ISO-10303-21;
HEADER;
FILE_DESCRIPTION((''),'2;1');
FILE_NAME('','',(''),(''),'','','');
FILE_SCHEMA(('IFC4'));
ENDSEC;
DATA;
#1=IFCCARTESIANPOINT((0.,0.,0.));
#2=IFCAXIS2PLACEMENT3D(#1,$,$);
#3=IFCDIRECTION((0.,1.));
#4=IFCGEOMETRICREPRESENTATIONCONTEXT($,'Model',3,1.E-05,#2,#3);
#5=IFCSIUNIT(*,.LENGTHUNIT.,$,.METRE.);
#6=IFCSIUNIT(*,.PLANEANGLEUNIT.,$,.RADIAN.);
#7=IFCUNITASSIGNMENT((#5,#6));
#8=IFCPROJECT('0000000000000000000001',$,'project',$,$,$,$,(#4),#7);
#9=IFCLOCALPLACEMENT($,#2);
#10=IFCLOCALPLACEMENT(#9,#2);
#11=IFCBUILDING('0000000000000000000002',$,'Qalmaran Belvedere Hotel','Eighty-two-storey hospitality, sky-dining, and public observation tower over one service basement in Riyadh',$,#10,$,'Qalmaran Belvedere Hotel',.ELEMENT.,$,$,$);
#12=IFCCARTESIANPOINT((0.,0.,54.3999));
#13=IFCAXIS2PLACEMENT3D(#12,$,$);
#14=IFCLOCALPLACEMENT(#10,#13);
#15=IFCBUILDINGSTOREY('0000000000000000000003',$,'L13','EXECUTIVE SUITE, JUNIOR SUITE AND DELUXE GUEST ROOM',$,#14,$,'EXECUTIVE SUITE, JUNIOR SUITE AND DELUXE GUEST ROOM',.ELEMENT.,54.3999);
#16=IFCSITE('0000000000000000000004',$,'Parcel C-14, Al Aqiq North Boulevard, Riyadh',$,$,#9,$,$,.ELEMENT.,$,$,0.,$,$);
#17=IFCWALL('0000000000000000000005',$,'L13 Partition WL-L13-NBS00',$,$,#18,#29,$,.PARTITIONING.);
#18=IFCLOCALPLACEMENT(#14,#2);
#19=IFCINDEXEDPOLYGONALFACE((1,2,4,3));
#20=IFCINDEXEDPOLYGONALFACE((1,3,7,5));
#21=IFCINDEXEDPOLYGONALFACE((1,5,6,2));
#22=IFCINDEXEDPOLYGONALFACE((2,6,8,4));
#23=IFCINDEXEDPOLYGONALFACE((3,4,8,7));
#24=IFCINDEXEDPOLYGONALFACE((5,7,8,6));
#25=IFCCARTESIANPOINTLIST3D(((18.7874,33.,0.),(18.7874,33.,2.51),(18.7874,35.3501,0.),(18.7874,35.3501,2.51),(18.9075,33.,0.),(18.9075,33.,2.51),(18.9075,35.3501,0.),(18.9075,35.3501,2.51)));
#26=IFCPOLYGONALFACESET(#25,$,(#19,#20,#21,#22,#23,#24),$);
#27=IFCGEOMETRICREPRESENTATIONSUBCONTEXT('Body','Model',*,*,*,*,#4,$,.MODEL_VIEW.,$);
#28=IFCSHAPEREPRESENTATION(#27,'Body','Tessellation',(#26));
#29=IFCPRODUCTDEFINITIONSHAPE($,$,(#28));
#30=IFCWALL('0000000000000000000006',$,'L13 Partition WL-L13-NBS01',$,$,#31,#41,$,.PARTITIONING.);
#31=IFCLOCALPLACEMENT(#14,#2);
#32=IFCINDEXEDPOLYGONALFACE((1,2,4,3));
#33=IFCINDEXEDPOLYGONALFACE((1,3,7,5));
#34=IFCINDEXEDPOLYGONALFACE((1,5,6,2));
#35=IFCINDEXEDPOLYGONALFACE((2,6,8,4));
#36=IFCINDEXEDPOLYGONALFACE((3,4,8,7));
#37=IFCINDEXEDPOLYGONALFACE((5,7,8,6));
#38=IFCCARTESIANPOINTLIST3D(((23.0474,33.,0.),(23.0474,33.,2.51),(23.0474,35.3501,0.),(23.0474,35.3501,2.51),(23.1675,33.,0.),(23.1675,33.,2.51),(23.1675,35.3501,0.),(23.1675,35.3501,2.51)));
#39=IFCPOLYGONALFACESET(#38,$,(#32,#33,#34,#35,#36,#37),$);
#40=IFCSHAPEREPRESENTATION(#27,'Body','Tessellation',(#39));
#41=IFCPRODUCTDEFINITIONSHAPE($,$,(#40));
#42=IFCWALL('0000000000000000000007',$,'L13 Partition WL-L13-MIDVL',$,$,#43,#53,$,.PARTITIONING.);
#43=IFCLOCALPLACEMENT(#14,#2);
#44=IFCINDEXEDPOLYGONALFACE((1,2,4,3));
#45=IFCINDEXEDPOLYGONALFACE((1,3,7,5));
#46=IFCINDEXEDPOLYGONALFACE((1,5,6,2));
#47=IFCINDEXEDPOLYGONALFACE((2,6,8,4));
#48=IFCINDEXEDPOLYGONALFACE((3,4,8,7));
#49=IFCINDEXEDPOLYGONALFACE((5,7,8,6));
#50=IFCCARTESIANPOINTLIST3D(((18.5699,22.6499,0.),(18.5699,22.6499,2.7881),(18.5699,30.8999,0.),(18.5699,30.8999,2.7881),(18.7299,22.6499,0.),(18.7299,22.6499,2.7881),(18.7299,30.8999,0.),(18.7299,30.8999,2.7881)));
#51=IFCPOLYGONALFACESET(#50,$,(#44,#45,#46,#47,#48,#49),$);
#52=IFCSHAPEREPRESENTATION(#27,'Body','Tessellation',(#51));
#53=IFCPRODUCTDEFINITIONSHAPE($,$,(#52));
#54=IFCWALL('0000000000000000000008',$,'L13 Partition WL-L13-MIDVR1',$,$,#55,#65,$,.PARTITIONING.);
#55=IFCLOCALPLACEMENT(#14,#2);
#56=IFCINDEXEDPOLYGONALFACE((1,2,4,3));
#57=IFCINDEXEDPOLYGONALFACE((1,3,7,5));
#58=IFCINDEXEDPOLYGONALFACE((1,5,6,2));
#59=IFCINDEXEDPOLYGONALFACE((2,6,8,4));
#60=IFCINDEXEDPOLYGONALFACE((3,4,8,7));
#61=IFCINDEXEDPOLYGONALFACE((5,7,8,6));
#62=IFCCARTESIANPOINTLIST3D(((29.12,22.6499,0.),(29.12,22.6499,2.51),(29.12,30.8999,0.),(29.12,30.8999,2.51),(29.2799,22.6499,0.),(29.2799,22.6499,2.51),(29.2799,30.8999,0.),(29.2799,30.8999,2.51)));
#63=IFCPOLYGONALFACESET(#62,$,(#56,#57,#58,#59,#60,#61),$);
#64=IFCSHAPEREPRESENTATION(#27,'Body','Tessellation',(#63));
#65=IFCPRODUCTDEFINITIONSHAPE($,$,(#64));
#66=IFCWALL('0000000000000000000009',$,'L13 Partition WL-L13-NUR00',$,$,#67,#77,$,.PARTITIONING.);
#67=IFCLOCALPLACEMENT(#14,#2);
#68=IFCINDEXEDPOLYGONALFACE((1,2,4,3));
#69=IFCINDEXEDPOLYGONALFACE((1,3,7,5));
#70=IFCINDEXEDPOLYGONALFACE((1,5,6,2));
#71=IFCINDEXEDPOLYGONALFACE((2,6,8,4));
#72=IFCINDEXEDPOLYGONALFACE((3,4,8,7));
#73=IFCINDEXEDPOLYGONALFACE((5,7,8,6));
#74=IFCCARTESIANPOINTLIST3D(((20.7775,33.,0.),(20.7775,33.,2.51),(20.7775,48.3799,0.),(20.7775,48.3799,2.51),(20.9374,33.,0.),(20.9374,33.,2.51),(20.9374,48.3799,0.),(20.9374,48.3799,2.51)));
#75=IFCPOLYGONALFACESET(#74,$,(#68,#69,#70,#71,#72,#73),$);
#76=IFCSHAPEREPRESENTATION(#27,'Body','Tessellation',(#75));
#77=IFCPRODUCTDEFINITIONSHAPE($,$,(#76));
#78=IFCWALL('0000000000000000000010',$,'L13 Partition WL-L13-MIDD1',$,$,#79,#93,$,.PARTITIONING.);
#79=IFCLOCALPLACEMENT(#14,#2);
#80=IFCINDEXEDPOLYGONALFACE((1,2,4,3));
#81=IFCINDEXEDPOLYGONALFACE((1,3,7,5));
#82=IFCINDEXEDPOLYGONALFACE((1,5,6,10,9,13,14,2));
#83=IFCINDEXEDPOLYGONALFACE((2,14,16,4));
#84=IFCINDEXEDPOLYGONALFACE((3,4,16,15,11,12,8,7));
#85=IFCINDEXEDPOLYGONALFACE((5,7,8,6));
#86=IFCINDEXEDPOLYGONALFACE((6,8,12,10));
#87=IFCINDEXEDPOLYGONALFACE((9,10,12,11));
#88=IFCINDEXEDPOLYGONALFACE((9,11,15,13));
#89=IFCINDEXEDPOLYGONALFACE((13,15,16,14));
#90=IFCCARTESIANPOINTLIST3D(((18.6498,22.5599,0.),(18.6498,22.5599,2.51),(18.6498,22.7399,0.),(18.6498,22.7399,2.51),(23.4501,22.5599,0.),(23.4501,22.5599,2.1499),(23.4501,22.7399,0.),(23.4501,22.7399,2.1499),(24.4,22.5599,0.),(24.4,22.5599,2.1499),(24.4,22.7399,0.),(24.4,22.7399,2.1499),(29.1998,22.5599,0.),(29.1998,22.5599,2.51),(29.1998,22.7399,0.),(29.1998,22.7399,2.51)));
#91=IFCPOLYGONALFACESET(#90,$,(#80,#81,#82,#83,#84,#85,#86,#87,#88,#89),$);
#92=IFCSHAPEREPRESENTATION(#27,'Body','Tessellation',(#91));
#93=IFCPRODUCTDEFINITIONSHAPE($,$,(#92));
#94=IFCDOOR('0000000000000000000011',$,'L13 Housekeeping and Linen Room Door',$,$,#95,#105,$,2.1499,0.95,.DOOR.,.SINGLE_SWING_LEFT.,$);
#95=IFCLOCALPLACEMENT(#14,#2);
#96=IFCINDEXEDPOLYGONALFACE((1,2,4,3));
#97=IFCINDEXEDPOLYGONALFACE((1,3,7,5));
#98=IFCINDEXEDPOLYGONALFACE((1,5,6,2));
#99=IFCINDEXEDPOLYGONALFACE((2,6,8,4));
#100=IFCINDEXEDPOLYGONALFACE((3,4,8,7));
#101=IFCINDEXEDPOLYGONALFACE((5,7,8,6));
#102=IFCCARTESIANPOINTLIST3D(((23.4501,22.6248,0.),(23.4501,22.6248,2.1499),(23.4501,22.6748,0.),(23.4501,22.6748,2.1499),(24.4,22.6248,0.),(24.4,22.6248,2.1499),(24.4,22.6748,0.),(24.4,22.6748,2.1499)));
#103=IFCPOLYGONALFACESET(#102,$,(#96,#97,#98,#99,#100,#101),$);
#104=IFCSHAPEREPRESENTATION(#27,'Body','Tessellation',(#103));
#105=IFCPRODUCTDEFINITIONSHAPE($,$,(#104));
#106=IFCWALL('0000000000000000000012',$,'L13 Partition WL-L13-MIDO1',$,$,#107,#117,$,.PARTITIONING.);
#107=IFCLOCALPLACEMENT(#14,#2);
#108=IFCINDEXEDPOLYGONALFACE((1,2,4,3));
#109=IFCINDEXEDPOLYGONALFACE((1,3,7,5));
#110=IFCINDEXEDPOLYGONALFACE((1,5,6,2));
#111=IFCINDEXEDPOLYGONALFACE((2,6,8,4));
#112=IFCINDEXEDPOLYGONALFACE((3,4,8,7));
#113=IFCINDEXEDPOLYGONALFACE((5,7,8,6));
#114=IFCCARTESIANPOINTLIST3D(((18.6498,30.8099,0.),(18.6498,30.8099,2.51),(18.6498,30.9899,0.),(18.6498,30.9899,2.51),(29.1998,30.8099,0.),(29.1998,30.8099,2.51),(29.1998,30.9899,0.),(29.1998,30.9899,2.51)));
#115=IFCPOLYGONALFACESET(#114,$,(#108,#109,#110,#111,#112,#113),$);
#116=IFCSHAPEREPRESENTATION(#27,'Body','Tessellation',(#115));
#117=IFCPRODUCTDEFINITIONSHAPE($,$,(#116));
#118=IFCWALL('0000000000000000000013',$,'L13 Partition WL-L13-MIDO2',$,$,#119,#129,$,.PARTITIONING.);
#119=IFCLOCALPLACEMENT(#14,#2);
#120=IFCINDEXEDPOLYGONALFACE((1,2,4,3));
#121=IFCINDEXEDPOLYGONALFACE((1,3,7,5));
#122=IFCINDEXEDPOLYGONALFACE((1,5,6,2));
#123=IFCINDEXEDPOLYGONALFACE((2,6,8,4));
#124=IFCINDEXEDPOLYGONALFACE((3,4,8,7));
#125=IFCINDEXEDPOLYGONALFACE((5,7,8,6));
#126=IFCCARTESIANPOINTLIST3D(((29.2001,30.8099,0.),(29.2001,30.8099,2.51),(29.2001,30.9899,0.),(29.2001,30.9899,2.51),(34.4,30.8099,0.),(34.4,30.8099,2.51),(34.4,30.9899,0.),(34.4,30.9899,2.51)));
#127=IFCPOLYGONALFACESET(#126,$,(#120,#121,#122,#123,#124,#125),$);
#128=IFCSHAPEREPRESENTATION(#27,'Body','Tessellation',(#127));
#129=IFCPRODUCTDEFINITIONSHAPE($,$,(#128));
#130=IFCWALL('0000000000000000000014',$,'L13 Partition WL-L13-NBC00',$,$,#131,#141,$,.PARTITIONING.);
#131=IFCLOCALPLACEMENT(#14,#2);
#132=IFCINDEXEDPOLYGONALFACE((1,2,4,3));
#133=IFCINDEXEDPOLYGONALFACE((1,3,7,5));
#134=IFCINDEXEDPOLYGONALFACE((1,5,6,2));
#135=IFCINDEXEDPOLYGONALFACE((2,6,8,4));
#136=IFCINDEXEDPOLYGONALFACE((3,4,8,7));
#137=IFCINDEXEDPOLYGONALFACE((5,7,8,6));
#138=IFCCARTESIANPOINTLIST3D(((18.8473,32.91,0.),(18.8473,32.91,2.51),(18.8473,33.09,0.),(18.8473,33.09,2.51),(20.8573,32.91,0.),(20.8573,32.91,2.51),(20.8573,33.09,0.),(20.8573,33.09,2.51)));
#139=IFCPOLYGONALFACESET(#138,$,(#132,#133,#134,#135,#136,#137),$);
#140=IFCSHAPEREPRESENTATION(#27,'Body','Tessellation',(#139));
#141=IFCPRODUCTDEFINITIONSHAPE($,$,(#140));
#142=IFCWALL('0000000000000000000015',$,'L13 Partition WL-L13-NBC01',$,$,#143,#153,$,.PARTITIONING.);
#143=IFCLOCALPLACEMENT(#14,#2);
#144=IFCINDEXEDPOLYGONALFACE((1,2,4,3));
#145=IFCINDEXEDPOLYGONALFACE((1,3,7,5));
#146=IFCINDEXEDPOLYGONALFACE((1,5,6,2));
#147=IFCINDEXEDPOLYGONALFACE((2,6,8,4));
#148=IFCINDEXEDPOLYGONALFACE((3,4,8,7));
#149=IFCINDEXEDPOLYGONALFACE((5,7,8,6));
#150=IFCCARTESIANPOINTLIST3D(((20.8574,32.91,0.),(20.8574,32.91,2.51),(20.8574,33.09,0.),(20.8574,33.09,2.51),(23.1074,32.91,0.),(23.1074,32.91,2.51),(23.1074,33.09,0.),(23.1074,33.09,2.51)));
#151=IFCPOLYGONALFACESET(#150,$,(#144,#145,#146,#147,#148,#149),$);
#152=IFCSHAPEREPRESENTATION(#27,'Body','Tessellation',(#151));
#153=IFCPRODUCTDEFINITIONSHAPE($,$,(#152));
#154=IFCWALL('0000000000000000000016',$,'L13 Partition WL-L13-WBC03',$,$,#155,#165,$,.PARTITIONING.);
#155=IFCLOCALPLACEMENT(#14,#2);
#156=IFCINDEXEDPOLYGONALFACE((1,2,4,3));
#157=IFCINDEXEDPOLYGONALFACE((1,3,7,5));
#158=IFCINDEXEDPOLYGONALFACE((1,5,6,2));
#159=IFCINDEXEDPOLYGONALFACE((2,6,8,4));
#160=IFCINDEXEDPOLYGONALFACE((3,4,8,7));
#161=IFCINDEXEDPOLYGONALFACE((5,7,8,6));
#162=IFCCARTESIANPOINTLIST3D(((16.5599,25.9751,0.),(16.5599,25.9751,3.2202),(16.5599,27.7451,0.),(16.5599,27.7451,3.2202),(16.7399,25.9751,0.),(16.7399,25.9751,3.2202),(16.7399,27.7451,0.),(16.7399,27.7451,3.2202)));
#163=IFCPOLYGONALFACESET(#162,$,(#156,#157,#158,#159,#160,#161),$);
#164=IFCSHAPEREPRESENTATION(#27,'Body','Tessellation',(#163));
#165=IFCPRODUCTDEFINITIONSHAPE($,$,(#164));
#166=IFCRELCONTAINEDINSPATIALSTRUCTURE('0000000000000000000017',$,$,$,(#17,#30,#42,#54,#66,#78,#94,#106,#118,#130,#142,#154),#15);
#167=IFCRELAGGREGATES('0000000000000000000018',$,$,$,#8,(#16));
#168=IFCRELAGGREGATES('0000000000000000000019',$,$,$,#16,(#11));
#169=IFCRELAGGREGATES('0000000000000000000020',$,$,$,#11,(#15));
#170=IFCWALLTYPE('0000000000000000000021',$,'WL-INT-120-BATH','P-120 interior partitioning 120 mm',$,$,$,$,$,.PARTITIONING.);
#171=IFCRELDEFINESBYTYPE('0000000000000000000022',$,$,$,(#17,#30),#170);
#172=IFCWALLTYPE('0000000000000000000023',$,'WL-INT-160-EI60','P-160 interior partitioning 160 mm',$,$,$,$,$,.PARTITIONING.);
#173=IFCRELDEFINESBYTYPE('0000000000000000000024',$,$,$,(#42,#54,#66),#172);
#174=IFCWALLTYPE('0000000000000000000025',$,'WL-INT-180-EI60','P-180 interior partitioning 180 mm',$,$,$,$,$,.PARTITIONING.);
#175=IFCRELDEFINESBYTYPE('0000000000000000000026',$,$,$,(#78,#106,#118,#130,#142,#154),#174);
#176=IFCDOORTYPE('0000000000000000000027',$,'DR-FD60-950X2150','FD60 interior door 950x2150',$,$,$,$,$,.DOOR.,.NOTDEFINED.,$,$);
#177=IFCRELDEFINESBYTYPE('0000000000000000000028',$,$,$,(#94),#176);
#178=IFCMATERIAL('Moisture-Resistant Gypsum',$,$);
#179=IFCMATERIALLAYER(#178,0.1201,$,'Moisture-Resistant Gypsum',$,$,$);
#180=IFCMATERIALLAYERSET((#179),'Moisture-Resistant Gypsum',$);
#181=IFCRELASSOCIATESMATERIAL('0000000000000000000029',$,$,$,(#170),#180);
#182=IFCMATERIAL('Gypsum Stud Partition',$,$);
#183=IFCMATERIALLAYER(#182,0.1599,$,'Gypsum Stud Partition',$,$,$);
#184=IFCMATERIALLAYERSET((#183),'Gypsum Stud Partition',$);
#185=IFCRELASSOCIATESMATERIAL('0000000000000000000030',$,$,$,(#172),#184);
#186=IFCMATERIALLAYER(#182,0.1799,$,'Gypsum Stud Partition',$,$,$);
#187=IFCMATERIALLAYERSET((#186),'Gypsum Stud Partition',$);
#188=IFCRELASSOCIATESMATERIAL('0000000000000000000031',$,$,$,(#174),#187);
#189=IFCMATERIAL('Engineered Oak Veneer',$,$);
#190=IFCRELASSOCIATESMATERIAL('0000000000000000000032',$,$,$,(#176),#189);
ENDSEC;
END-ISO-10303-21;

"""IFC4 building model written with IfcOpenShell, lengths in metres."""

from ifc_helpers import new_model, si_unit, direction, frame, frame_2d, origin, place, context, subcontext, project, spatial, rectangle, extrude, material, layer, layer_set, type_object, element, fill, save


model = new_model("IFC4")

# Units and contexts
model_context = context("Model", 3, precision=1e-05, world=origin(), true_north=direction((0.0, 1.0)))
body_context = subcontext(model_context, "Body", "Model", "MODEL_VIEW")
ifc_project = project(units=[si_unit("LENGTHUNIT", "METRE"), si_unit("PLANEANGLEUNIT", "RADIAN")], contexts=[model_context])

# Site, building, storey
site_placement = place(None, origin())
site = spatial("IfcSite", under=ifc_project, at=site_placement, Name="Parcel C-14, Al Aqiq North Boulevard, Riyadh", CompositionType="ELEMENT", RefElevation=0.0)
building_placement = place(site_placement, origin())
building = spatial("IfcBuilding", under=site, at=building_placement, Name="Qalmaran Belvedere Hotel", Description="Eighty-two-storey hospitality, sky-dining, and public observation tower over one service basement in Riyadh", LongName="Qalmaran Belvedere Hotel", CompositionType="ELEMENT")
storey_placement = place(building_placement, frame((0.0, 0.0, 54.3999)))
storey = spatial("IfcBuildingStorey", under=building, at=storey_placement, Name="L13", Description="EXECUTIVE SUITE, JUNIOR SUITE AND DELUXE GUEST ROOM", LongName="EXECUTIVE SUITE, JUNIOR SUITE AND DELUXE GUEST ROOM", CompositionType="ELEMENT", Elevation=54.3999)

# Walls
ifc_material_1 = material(Name="Moisture-Resistant Gypsum")
ifc_layer_1 = layer(ifc_material_1, 0.1201, Name="Moisture-Resistant Gypsum")
ifc_layer_set_1 = layer_set([ifc_layer_1], Name="Moisture-Resistant Gypsum")
wall_type_1 = type_object("IfcWallType", Name="WL-INT-120-BATH", Description="P-120 interior partitioning 120 mm", PredefinedType="PARTITIONING", material=ifc_layer_set_1)
for number, where, z_axis, x_axis, name in (
    (1, (18.8474, 33.0, 0.0), (0.0, 0.0, 1.0), (0.0, 1.0, 0.0), "L13 Partition WL-L13-NBS00"),
    (2, (23.1074, 33.0, 0.0), (0.0, 0.0, 1.0), (0.0, 1.0, 0.0), "L13 Partition WL-L13-NBS01"),
):
    element("IfcWall", number, at=place(storey_placement, frame(where, z_axis=z_axis, x_axis=x_axis)), inside=storey, type_object=wall_type_1, Name=name, PredefinedType="PARTITIONING", context=body_context, shape_type="SweptSolid", body=[
        extrude(rectangle(XDim=2.3501, YDim=0.1201, at=frame_2d((1.175, 0.0))), origin(), (0.0, 0.0, 1.0), 2.51),
    ])

# Shared definitions
ifc_material_2 = material(Name="Gypsum Stud Partition")

# Walls
ifc_layer_2 = layer(ifc_material_2, 0.1599, Name="Gypsum Stud Partition")
ifc_layer_set_2 = layer_set([ifc_layer_2], Name="Gypsum Stud Partition")
wall_type_2 = type_object("IfcWallType", Name="WL-INT-160-EI60", Description="P-160 interior partitioning 160 mm", PredefinedType="PARTITIONING", material=ifc_layer_set_2)
wall_1_placement = place(storey_placement, frame((18.6499, 22.6499, 0.0), z_axis=(0.0, 0.0, 1.0), x_axis=(0.0, 1.0, 0.0)))
element("IfcWall", 3, at=wall_1_placement, inside=storey, type_object=wall_type_2, Name="L13 Partition WL-L13-MIDVL", PredefinedType="PARTITIONING", context=body_context, shape_type="SweptSolid", body=[
    extrude(rectangle(XDim=8.25, YDim=0.1599, at=frame_2d((4.125, 0.0))), origin(), (0.0, 0.0, 1.0), 2.7881),
])
wall_2_placement = place(storey_placement, frame((29.2, 22.6499, 0.0), z_axis=(0.0, 0.0, 1.0), x_axis=(0.0, 1.0, 0.0)))
element("IfcWall", 4, at=wall_2_placement, inside=storey, type_object=wall_type_2, Name="L13 Partition WL-L13-MIDVR1", PredefinedType="PARTITIONING", context=body_context, shape_type="SweptSolid", body=[
    extrude(rectangle(XDim=8.25, YDim=0.1599, at=frame_2d((4.125, 0.0))), origin(), (0.0, 0.0, 1.0), 2.51),
])
wall_3_placement = place(storey_placement, frame((20.8574, 33.0, 0.0), z_axis=(0.0, 0.0, 1.0), x_axis=(0.0, 1.0, 0.0)))
element("IfcWall", 5, at=wall_3_placement, inside=storey, type_object=wall_type_2, Name="L13 Partition WL-L13-NUR00", PredefinedType="PARTITIONING", context=body_context, shape_type="SweptSolid", body=[
    extrude(rectangle(XDim=15.3799, YDim=0.1599, at=frame_2d((7.6899, 0.0))), origin(), (0.0, 0.0, 1.0), 2.51),
])

# Wall, opening, door
ifc_layer_3 = layer(ifc_material_2, 0.1799, Name="Gypsum Stud Partition")
ifc_layer_set_3 = layer_set([ifc_layer_3], Name="Gypsum Stud Partition")
wall_type_3 = type_object("IfcWallType", Name="WL-INT-180-EI60", Description="P-180 interior partitioning 180 mm", PredefinedType="PARTITIONING", material=ifc_layer_set_3)
wall_4_placement = place(storey_placement, frame((18.6499, 22.6499, 0.0), z_axis=(0.0, 0.0, 1.0), x_axis=(1.0, 0.0, 0.0)))
wall_4 = element("IfcWall", 6, at=wall_4_placement, inside=storey, type_object=wall_type_3, Name="L13 Partition WL-L13-MIDD1", PredefinedType="PARTITIONING", context=body_context, shape_type="SweptSolid", body=[
    extrude(rectangle(XDim=10.55, YDim=0.1799, at=frame_2d((5.2749, 0.0))), origin(), (0.0, 0.0, 1.0), 2.51),
])
opening_1_placement = place(wall_4_placement, frame((4.8, 0.0, 0.0)))
opening_1 = element("IfcOpeningElement", 7, at=opening_1_placement, cuts=wall_4, PredefinedType="OPENING", context=body_context, shape_type="SweptSolid", body=[
    extrude(rectangle(XDim=0.95, YDim=2.1499, at=frame_2d((0.4751, 1.075))), frame((0.0, 0.1001, 0.0), z_axis=(0.0, -1.0, 0.0), x_axis=(1.0, 0.0, 0.0)), (0.0, 0.0, 1.0), 0.2),
])
ifc_material_3 = material(Name="Engineered Oak Veneer")
door_type_1 = type_object("IfcDoorType", Name="DR-FD60-950X2150", Description="FD60 interior door 950x2150", OperationType="NOTDEFINED", PredefinedType="DOOR", material=ifc_material_3)
door_1_placement = place(opening_1_placement, origin())
door_1 = element("IfcDoor", 8, at=door_1_placement, inside=storey, type_object=door_type_1, Name="L13 Housekeeping and Linen Room Door", OperationType="SINGLE_SWING_LEFT", OverallHeight=2.1499, OverallWidth=0.95, PredefinedType="DOOR", context=body_context, shape_type="SweptSolid", body=[
    extrude(rectangle(XDim=0.95, YDim=2.1499, at=frame_2d((0.4751, 1.075))), frame((0.0, 0.0249, 0.0), z_axis=(0.0, -1.0, 0.0), x_axis=(1.0, 0.0, 0.0)), (0.0, 0.0, 1.0), 0.05),
])
fill(opening_1, door_1)

# Wall
wall_5_placement = place(storey_placement, frame((18.6499, 30.8999, 0.0), z_axis=(0.0, 0.0, 1.0), x_axis=(1.0, 0.0, 0.0)))
element("IfcWall", 9, at=wall_5_placement, inside=storey, type_object=wall_type_3, Name="L13 Partition WL-L13-MIDO1", PredefinedType="PARTITIONING", context=body_context, shape_type="SweptSolid", body=[
    extrude(rectangle(XDim=10.55, YDim=0.1799, at=frame_2d((5.2749, 0.0))), origin(), (0.0, 0.0, 1.0), 2.51),
])

# Walls
wall_6_placement = place(storey_placement, frame((29.2, 30.8999, 0.0), z_axis=(0.0, 0.0, 1.0), x_axis=(1.0, 0.0, 0.0)))
element("IfcWall", 10, at=wall_6_placement, inside=storey, type_object=wall_type_3, Name="L13 Partition WL-L13-MIDO2", PredefinedType="PARTITIONING", context=body_context, shape_type="SweptSolid", body=[
    extrude(rectangle(XDim=5.2, YDim=0.1799, at=frame_2d((2.6001, 0.0))), origin(), (0.0, 0.0, 1.0), 2.51),
])
wall_7_placement = place(storey_placement, frame((18.8474, 33.0, 0.0), z_axis=(0.0, 0.0, 1.0), x_axis=(1.0, 0.0, 0.0)))
element("IfcWall", 11, at=wall_7_placement, inside=storey, type_object=wall_type_3, Name="L13 Partition WL-L13-NBC00", PredefinedType="PARTITIONING", context=body_context, shape_type="SweptSolid", body=[
    extrude(rectangle(XDim=2.01, YDim=0.1799, at=frame_2d((1.0049, 0.0))), origin(), (0.0, 0.0, 1.0), 2.51),
])
wall_8_placement = place(storey_placement, frame((20.8574, 33.0, 0.0), z_axis=(0.0, 0.0, 1.0), x_axis=(1.0, 0.0, 0.0)))
element("IfcWall", 12, at=wall_8_placement, inside=storey, type_object=wall_type_3, Name="L13 Partition WL-L13-NBC01", PredefinedType="PARTITIONING", context=body_context, shape_type="SweptSolid", body=[
    extrude(rectangle(XDim=2.25, YDim=0.1799, at=frame_2d((1.125, 0.0))), origin(), (0.0, 0.0, 1.0), 2.51),
])

# Wall
wall_9_placement = place(storey_placement, frame((16.6499, 25.9751, 0.0), z_axis=(0.0, 0.0, 1.0), x_axis=(0.0, 1.0, 0.0)))
element("IfcWall", 13, at=wall_9_placement, inside=storey, type_object=wall_type_3, Name="L13 Partition WL-L13-WBC03", PredefinedType="PARTITIONING", context=body_context, shape_type="SweptSolid", body=[
    extrude(rectangle(XDim=1.77, YDim=0.1799, at=frame_2d((0.885, 0.0))), origin(), (0.0, 0.0, 1.0), 3.2202),
])

save(model, "model.ifc")
